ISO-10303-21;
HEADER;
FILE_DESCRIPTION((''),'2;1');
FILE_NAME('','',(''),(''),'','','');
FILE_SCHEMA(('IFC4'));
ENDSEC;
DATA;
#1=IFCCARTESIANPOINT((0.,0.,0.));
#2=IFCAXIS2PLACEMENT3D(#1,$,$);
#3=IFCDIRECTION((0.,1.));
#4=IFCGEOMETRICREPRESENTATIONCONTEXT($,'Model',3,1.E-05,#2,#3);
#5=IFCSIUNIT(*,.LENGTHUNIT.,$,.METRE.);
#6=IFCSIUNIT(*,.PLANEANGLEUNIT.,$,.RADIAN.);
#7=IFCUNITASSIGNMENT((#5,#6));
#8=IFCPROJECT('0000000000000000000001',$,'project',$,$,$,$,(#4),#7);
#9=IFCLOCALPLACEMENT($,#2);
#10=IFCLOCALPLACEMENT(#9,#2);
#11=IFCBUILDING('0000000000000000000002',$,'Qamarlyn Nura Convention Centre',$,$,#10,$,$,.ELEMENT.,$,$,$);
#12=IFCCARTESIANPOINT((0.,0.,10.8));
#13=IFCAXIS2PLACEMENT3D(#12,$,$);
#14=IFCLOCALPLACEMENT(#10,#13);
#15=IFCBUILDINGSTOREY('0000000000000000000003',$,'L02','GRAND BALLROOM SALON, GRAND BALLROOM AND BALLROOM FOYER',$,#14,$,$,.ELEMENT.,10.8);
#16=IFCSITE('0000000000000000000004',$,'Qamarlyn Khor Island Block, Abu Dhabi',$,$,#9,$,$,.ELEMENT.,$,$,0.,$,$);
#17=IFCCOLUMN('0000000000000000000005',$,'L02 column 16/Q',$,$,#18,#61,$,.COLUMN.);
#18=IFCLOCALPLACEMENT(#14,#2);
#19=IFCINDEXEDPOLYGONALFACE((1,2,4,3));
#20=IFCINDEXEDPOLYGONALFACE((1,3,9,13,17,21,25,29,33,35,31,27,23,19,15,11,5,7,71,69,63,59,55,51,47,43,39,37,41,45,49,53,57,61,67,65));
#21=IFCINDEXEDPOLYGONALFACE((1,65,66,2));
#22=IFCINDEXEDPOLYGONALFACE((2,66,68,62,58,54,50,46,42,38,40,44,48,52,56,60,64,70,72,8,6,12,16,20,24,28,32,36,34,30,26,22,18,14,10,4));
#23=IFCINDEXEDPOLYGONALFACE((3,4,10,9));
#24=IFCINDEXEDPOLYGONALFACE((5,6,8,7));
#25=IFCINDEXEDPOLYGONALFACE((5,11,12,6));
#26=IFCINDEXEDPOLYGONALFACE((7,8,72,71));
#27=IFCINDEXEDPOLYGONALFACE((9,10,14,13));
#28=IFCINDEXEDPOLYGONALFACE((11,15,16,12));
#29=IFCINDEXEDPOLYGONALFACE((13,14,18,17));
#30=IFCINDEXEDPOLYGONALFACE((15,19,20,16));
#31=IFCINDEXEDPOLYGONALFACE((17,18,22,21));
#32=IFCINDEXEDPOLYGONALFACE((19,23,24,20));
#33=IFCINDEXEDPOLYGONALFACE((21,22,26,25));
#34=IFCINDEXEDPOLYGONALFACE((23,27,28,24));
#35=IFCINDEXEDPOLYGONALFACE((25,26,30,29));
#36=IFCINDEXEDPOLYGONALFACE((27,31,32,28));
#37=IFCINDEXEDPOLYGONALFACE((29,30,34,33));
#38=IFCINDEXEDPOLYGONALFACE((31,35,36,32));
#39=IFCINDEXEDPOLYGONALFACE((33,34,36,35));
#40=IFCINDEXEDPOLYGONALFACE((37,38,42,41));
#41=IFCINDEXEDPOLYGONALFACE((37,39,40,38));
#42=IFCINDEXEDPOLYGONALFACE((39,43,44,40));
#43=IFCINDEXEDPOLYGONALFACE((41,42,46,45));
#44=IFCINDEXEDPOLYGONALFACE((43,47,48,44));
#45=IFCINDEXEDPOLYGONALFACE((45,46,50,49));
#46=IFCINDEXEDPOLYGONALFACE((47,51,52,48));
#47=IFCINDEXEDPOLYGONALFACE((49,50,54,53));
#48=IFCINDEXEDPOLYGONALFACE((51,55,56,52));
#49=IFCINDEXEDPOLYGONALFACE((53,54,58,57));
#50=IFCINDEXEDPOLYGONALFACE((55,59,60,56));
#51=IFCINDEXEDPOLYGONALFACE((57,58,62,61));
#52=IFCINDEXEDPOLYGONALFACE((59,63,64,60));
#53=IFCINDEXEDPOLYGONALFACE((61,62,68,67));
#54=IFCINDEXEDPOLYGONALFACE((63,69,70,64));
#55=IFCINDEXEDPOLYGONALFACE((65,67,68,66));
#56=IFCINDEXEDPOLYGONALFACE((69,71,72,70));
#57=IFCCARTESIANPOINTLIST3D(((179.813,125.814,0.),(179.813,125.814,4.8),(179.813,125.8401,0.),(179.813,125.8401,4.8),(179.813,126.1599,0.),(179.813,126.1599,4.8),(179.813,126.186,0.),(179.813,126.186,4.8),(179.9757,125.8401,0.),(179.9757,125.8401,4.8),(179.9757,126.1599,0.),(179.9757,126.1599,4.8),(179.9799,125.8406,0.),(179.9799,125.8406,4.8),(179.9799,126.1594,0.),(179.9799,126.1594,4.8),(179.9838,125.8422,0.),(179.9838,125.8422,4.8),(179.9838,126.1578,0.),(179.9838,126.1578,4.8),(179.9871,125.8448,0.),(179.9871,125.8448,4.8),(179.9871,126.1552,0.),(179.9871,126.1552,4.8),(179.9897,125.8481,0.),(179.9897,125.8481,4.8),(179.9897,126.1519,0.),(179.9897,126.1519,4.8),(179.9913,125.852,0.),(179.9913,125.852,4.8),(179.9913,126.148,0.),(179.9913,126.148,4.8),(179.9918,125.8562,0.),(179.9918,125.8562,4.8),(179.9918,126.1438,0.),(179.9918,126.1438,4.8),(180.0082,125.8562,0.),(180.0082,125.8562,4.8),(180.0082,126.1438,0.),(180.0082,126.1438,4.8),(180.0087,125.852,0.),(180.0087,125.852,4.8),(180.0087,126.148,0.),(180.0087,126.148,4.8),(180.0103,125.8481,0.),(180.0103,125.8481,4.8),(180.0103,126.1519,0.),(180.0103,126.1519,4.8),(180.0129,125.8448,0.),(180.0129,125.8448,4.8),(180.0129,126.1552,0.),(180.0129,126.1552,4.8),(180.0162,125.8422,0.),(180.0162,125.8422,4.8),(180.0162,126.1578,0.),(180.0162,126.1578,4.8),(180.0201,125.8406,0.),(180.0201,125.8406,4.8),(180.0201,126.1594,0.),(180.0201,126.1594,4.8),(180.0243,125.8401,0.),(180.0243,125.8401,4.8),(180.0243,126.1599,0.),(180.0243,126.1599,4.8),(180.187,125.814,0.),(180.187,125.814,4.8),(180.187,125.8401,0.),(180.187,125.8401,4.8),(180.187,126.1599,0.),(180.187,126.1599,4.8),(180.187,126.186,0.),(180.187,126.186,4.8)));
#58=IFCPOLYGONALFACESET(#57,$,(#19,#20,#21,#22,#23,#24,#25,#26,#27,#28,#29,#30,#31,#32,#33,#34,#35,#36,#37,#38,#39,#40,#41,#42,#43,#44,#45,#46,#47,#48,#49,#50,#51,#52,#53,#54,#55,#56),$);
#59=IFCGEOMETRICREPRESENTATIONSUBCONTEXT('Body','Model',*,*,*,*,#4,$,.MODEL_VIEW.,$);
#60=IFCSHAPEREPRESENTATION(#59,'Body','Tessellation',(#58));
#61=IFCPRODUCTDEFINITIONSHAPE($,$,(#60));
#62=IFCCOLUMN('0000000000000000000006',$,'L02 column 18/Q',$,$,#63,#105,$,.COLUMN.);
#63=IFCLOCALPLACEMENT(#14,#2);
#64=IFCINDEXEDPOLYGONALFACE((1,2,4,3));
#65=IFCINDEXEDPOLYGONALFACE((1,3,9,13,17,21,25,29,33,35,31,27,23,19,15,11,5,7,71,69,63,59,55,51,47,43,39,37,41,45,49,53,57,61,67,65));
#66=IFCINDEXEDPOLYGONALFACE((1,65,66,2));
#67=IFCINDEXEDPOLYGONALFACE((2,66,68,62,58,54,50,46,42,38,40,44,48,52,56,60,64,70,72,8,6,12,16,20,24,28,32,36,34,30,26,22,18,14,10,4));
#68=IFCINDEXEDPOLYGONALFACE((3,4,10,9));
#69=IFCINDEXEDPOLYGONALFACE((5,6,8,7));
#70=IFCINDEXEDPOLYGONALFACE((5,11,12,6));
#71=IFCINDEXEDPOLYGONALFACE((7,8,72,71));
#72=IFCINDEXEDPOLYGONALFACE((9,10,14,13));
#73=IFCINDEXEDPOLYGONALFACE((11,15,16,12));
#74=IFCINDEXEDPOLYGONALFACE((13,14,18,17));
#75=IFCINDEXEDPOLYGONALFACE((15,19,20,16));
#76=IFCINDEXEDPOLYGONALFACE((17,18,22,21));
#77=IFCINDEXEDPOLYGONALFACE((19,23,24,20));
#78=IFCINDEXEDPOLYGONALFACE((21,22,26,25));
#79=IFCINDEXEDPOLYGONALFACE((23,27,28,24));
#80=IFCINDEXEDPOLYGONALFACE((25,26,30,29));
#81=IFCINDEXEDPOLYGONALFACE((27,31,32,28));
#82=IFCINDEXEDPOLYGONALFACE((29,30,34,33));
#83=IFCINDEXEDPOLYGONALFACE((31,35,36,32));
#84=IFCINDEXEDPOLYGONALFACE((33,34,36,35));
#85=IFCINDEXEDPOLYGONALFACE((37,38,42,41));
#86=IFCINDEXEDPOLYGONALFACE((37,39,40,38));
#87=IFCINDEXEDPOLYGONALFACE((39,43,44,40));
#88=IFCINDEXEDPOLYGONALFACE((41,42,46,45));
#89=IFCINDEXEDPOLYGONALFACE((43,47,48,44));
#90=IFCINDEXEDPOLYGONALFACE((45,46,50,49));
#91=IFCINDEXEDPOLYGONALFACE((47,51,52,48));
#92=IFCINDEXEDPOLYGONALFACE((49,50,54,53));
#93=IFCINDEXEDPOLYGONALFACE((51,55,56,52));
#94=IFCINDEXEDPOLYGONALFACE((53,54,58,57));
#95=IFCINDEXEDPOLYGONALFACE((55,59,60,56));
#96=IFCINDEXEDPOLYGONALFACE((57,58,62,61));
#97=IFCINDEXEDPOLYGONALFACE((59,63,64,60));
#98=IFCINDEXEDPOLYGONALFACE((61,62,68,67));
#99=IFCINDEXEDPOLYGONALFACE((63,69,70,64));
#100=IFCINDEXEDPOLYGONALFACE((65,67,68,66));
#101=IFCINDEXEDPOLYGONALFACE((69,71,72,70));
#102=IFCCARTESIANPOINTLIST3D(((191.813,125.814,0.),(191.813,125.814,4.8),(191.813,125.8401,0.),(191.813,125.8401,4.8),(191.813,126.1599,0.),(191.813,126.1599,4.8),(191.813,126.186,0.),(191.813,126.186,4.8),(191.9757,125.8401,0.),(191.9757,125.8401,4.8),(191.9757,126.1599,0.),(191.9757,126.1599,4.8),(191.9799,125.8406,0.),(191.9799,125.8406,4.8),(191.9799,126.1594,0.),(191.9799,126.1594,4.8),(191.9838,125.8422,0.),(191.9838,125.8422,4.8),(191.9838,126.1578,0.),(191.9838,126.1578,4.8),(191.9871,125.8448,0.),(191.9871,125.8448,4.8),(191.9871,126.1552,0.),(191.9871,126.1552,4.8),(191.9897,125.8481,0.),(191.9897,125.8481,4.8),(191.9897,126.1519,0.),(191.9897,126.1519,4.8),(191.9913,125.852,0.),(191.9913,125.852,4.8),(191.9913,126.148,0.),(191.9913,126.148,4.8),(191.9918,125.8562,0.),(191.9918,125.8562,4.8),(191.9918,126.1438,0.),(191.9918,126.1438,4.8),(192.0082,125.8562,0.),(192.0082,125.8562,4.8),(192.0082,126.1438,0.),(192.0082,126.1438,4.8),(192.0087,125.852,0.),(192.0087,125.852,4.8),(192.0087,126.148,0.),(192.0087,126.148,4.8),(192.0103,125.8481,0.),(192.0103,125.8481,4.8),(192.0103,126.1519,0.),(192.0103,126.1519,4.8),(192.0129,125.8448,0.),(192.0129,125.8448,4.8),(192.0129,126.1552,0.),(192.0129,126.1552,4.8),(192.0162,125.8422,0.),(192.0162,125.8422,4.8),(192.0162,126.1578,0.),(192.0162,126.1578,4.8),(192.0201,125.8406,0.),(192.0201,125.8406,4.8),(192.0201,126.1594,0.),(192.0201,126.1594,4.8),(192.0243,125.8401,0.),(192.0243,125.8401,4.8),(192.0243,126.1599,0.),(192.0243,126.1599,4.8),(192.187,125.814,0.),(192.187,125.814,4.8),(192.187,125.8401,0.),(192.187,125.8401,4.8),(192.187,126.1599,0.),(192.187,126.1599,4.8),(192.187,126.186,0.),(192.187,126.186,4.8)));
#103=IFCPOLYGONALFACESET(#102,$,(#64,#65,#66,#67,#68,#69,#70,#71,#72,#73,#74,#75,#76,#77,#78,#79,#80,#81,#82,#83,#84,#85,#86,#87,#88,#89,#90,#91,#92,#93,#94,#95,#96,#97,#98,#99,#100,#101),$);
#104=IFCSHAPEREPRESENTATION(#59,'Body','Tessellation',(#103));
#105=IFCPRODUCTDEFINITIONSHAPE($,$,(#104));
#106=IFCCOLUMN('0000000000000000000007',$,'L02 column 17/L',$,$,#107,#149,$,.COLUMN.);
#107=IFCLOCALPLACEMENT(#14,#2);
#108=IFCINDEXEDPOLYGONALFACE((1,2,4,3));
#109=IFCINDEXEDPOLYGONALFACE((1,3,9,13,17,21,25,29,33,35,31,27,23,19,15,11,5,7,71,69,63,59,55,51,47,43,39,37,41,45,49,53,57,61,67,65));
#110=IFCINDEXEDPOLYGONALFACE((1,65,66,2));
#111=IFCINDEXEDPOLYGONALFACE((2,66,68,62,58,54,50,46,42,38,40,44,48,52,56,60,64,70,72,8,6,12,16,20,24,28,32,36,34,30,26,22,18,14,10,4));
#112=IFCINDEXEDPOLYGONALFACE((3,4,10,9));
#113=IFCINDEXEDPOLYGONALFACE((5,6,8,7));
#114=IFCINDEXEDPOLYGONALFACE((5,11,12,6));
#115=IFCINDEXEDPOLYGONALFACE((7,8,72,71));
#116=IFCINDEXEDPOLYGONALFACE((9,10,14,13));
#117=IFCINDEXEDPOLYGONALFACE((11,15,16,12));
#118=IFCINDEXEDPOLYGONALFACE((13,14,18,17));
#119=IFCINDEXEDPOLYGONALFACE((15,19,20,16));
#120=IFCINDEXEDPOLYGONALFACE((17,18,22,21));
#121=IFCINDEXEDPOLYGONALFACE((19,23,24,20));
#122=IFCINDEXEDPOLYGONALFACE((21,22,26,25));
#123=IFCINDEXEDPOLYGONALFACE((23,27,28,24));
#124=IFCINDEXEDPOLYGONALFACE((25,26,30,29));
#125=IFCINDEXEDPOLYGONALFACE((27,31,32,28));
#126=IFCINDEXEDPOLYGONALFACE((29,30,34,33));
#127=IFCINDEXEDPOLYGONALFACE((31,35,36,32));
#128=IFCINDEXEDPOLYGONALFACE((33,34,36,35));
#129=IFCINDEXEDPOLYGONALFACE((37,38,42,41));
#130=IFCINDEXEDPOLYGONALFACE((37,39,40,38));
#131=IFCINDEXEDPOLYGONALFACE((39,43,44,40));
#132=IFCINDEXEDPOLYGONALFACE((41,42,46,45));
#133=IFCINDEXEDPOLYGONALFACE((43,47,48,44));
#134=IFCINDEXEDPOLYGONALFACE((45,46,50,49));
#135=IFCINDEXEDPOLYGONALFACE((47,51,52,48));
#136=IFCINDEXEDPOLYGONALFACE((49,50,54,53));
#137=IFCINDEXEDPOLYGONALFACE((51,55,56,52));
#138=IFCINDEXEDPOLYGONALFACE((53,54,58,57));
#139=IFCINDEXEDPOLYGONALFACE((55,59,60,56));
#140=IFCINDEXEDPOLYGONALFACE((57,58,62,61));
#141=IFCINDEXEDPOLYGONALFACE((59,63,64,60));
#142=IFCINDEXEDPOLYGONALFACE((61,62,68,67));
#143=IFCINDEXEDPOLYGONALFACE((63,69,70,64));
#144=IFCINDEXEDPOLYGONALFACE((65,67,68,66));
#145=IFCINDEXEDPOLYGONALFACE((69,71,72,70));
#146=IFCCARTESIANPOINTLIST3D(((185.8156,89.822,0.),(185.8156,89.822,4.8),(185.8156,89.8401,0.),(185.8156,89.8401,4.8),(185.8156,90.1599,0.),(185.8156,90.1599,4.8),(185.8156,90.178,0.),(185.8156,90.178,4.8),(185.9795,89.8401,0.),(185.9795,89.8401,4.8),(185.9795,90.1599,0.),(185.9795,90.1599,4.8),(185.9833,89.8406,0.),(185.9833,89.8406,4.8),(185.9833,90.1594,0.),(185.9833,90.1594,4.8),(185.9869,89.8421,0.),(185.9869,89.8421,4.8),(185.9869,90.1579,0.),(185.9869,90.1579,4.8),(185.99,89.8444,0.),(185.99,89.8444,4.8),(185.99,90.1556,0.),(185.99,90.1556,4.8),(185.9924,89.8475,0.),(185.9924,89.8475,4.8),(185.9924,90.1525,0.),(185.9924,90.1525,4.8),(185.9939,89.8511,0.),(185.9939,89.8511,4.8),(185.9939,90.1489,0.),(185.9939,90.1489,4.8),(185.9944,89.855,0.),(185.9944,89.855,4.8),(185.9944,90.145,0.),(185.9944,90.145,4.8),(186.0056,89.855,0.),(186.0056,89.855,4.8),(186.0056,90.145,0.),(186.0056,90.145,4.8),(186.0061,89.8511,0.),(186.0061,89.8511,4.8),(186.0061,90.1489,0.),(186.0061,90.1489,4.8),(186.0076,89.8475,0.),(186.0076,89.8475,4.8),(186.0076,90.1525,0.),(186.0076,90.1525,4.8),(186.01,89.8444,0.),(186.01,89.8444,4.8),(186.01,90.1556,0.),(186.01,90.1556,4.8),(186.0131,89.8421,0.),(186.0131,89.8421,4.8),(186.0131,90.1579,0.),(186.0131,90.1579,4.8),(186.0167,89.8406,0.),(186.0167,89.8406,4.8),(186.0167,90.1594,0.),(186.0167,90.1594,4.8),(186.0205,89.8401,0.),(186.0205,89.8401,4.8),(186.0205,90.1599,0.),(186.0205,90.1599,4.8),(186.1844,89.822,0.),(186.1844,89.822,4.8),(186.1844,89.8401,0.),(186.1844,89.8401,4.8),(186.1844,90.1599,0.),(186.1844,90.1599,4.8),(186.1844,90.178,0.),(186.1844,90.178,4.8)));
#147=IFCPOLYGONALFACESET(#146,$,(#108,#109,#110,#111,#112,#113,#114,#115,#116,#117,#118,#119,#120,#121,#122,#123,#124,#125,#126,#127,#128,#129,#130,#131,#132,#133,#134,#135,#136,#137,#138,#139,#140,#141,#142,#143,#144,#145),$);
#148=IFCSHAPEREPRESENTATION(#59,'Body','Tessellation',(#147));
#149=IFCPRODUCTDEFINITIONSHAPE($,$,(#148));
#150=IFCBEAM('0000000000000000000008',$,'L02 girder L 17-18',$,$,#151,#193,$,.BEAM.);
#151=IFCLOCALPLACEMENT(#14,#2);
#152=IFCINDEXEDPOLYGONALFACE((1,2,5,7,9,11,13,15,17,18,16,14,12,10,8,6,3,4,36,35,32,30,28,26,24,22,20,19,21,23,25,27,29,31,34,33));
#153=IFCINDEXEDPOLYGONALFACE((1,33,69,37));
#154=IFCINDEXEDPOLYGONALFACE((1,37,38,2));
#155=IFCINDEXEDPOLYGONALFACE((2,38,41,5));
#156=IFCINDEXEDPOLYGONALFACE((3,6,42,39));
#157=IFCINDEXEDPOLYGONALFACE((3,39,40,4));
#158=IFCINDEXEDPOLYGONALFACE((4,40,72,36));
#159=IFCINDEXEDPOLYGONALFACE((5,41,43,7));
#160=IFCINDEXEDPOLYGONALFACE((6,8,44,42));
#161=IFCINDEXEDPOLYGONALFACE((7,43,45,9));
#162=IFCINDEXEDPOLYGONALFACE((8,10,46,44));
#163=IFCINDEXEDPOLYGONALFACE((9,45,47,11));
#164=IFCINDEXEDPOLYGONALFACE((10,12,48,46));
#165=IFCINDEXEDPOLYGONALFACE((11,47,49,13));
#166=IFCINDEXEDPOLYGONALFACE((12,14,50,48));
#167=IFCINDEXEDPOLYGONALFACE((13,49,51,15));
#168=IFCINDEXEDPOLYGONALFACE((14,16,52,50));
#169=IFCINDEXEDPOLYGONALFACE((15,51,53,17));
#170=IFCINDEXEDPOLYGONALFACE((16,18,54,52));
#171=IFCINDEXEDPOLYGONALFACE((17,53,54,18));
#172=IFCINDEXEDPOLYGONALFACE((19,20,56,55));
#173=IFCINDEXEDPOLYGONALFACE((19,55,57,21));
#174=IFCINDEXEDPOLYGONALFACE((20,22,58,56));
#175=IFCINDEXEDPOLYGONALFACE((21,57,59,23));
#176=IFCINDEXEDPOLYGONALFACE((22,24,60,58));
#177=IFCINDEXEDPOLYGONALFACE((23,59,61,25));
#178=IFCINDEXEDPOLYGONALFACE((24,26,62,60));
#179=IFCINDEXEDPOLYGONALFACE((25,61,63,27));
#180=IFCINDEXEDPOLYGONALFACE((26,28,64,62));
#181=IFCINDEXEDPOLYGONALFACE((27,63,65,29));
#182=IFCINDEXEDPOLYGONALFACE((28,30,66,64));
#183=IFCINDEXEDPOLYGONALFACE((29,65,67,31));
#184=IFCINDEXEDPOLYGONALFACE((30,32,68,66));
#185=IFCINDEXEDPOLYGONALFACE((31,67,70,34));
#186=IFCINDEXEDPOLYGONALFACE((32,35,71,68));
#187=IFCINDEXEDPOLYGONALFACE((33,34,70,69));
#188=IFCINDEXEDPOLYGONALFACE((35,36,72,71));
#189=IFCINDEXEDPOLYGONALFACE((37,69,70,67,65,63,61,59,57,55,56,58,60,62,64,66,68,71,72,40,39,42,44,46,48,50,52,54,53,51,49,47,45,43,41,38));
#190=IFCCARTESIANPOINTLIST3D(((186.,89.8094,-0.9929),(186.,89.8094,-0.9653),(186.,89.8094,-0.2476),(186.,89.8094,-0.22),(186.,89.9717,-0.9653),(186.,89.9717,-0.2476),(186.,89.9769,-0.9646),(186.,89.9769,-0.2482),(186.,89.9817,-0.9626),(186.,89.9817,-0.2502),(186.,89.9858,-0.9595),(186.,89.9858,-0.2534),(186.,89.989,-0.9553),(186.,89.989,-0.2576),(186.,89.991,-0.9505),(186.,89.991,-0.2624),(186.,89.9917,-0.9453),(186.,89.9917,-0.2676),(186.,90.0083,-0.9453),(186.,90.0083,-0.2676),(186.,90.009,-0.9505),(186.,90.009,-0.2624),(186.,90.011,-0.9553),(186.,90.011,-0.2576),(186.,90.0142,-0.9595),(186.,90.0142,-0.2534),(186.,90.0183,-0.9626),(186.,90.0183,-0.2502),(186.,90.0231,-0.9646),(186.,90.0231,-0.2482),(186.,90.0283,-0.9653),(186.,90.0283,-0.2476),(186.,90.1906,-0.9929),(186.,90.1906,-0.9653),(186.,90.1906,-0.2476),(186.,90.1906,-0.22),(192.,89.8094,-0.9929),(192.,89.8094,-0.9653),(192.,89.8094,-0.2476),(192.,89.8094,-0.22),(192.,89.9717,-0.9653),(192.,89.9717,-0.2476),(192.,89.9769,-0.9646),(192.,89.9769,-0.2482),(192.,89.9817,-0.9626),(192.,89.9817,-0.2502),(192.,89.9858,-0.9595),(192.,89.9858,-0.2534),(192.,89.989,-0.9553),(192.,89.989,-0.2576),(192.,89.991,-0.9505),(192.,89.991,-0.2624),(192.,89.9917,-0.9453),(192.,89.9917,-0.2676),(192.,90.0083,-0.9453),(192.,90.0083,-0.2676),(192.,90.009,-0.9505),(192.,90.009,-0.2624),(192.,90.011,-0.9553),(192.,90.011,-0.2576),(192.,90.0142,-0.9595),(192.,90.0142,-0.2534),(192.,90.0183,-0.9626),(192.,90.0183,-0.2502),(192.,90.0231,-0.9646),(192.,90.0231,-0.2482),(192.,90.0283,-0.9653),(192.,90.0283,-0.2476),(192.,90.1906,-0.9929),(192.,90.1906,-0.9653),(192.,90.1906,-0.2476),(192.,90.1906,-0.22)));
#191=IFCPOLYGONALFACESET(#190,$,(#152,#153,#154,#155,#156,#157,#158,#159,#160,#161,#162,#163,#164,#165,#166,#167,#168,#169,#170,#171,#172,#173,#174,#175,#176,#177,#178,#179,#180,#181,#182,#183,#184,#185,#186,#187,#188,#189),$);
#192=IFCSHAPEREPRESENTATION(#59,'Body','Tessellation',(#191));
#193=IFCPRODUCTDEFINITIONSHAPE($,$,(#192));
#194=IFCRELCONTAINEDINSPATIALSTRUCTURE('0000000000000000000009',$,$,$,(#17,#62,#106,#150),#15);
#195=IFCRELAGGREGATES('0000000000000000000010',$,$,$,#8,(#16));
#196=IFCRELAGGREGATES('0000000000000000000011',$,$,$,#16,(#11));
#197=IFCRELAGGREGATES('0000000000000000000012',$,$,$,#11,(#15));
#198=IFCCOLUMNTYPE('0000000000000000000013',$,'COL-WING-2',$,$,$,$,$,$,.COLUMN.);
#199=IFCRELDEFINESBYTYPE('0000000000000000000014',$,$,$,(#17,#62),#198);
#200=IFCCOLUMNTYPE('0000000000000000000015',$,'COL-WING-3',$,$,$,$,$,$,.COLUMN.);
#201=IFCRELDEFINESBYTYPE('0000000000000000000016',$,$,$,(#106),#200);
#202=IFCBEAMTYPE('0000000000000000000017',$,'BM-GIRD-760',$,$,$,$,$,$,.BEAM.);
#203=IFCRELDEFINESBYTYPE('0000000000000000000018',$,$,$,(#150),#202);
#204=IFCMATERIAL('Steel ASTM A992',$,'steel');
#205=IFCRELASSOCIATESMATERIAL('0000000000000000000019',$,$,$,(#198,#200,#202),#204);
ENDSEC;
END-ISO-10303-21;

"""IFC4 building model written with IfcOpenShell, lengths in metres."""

from ifc_helpers import new_model, si_unit, direction, frame, origin, origin_2d, place, context, subcontext, project, spatial, i_section, extrude, material, material_profile, profile_set, type_object, element, save


model = new_model("IFC4")

# Units and contexts
model_context = context("Model", 3, precision=1e-05, world=origin(), true_north=direction((0.0, 1.0)))
body_context = subcontext(model_context, "Body", "Model", "MODEL_VIEW")
ifc_project = project(units=[si_unit("LENGTHUNIT", "METRE"), si_unit("PLANEANGLEUNIT", "RADIAN")], contexts=[model_context])

# Site, building, storey
site_placement = place(None, origin())
site = spatial("IfcSite", under=ifc_project, at=site_placement, Name="Qamarlyn Khor Island Block, Abu Dhabi", CompositionType="ELEMENT", RefElevation=0.0)
building_placement = place(site_placement, origin())
building = spatial("IfcBuilding", under=site, at=building_placement, Name="Qamarlyn Nura Convention Centre", CompositionType="ELEMENT")
storey_placement = place(building_placement, frame((0.0, 0.0, 10.8)))
storey = spatial("IfcBuildingStorey", under=building, at=storey_placement, Name="L02", Description="GRAND BALLROOM SALON, GRAND BALLROOM AND BALLROOM FOYER", CompositionType="ELEMENT", Elevation=10.8)

# Columns
ifc_material_1 = material(Name="Steel ASTM A992", Category="steel")
ifc_material_profile_1 = material_profile(ifc_material_1, i_section(OverallWidth=0.374, OverallDepth=0.3721, WebThickness=0.0164, FlangeThickness=0.0261, FilletRadius=0.0161, at=origin_2d()), Name="W360X196")
ifc_profile_set_1 = profile_set([ifc_material_profile_1], Name="Steel ASTM A992")
column_type_1 = type_object("IfcColumnType", Name="COL-WING-2", PredefinedType="COLUMN", material=ifc_profile_set_1)
for number, where, z_axis, x_axis, name in (
    (1, (180.0, 126.0, 0.0), (0.0, 0.0, 1.0), (1.0, 0.0, 0.0), "L02 column 16/Q"),
    (2, (192.0, 126.0, 0.0), (0.0, 0.0, 1.0), (1.0, 0.0, 0.0), "L02 column 18/Q"),
):
    element("IfcColumn", number, at=place(storey_placement, frame(where, z_axis=z_axis, x_axis=x_axis)), inside=storey, type_object=column_type_1, Name=name, PredefinedType="COLUMN", context=body_context, shape_type="SweptSolid", body=[
        extrude(i_section(OverallWidth=0.374, OverallDepth=0.3721, WebThickness=0.0164, FlangeThickness=0.0261, FilletRadius=0.0161, at=origin_2d()), origin(), (0.0, 0.0, 1.0), 4.8),
    ])
ifc_material_profile_2 = material_profile(ifc_material_1, i_section(OverallWidth=0.3689, OverallDepth=0.356, WebThickness=0.0112, FlangeThickness=0.0181, FilletRadius=0.0149, at=origin_2d()), Name="W360X134")
ifc_profile_set_2 = profile_set([ifc_material_profile_2], Name="Steel ASTM A992")
column_type_2 = type_object("IfcColumnType", Name="COL-WING-3", PredefinedType="COLUMN", material=ifc_profile_set_2)
column_1_placement = place(storey_placement, frame((186.0, 90.0, 0.0), z_axis=(0.0, 0.0, 1.0), x_axis=(1.0, 0.0, 0.0)))
element("IfcColumn", 3, at=column_1_placement, inside=storey, type_object=column_type_2, Name="L02 column 17/L", PredefinedType="COLUMN", context=body_context, shape_type="SweptSolid", body=[
    extrude(i_section(OverallWidth=0.3689, OverallDepth=0.356, WebThickness=0.0112, FlangeThickness=0.0181, FilletRadius=0.0149, at=origin_2d()), origin(), (0.0, 0.0, 1.0), 4.8),
])

# Beam
ifc_material_profile_3 = material_profile(ifc_material_1, i_section(OverallWidth=0.3811, OverallDepth=0.7729, WebThickness=0.0166, FlangeThickness=0.0276, FilletRadius=0.02, at=origin_2d()), Name="W760X257")
ifc_profile_set_3 = profile_set([ifc_material_profile_3], Name="Steel ASTM A992")
beam_type_1 = type_object("IfcBeamType", Name="BM-GIRD-760", PredefinedType="BEAM", material=ifc_profile_set_3)
beam_1_placement = place(storey_placement, frame((186.0, 90.0, -0.6064), z_axis=(1.0, 0.0, 0.0), x_axis=(0.0, 1.0, 0.0)))
element("IfcBeam", 4, at=beam_1_placement, inside=storey, type_object=beam_type_1, Name="L02 girder L 17-18", PredefinedType="BEAM", context=body_context, shape_type="SweptSolid", body=[
    extrude(i_section(OverallWidth=0.3811, OverallDepth=0.7729, WebThickness=0.0166, FlangeThickness=0.0276, FilletRadius=0.02, at=origin_2d()), origin(), (0.0, 0.0, 1.0), 6.0),
])

save(model, "model.ifc")
